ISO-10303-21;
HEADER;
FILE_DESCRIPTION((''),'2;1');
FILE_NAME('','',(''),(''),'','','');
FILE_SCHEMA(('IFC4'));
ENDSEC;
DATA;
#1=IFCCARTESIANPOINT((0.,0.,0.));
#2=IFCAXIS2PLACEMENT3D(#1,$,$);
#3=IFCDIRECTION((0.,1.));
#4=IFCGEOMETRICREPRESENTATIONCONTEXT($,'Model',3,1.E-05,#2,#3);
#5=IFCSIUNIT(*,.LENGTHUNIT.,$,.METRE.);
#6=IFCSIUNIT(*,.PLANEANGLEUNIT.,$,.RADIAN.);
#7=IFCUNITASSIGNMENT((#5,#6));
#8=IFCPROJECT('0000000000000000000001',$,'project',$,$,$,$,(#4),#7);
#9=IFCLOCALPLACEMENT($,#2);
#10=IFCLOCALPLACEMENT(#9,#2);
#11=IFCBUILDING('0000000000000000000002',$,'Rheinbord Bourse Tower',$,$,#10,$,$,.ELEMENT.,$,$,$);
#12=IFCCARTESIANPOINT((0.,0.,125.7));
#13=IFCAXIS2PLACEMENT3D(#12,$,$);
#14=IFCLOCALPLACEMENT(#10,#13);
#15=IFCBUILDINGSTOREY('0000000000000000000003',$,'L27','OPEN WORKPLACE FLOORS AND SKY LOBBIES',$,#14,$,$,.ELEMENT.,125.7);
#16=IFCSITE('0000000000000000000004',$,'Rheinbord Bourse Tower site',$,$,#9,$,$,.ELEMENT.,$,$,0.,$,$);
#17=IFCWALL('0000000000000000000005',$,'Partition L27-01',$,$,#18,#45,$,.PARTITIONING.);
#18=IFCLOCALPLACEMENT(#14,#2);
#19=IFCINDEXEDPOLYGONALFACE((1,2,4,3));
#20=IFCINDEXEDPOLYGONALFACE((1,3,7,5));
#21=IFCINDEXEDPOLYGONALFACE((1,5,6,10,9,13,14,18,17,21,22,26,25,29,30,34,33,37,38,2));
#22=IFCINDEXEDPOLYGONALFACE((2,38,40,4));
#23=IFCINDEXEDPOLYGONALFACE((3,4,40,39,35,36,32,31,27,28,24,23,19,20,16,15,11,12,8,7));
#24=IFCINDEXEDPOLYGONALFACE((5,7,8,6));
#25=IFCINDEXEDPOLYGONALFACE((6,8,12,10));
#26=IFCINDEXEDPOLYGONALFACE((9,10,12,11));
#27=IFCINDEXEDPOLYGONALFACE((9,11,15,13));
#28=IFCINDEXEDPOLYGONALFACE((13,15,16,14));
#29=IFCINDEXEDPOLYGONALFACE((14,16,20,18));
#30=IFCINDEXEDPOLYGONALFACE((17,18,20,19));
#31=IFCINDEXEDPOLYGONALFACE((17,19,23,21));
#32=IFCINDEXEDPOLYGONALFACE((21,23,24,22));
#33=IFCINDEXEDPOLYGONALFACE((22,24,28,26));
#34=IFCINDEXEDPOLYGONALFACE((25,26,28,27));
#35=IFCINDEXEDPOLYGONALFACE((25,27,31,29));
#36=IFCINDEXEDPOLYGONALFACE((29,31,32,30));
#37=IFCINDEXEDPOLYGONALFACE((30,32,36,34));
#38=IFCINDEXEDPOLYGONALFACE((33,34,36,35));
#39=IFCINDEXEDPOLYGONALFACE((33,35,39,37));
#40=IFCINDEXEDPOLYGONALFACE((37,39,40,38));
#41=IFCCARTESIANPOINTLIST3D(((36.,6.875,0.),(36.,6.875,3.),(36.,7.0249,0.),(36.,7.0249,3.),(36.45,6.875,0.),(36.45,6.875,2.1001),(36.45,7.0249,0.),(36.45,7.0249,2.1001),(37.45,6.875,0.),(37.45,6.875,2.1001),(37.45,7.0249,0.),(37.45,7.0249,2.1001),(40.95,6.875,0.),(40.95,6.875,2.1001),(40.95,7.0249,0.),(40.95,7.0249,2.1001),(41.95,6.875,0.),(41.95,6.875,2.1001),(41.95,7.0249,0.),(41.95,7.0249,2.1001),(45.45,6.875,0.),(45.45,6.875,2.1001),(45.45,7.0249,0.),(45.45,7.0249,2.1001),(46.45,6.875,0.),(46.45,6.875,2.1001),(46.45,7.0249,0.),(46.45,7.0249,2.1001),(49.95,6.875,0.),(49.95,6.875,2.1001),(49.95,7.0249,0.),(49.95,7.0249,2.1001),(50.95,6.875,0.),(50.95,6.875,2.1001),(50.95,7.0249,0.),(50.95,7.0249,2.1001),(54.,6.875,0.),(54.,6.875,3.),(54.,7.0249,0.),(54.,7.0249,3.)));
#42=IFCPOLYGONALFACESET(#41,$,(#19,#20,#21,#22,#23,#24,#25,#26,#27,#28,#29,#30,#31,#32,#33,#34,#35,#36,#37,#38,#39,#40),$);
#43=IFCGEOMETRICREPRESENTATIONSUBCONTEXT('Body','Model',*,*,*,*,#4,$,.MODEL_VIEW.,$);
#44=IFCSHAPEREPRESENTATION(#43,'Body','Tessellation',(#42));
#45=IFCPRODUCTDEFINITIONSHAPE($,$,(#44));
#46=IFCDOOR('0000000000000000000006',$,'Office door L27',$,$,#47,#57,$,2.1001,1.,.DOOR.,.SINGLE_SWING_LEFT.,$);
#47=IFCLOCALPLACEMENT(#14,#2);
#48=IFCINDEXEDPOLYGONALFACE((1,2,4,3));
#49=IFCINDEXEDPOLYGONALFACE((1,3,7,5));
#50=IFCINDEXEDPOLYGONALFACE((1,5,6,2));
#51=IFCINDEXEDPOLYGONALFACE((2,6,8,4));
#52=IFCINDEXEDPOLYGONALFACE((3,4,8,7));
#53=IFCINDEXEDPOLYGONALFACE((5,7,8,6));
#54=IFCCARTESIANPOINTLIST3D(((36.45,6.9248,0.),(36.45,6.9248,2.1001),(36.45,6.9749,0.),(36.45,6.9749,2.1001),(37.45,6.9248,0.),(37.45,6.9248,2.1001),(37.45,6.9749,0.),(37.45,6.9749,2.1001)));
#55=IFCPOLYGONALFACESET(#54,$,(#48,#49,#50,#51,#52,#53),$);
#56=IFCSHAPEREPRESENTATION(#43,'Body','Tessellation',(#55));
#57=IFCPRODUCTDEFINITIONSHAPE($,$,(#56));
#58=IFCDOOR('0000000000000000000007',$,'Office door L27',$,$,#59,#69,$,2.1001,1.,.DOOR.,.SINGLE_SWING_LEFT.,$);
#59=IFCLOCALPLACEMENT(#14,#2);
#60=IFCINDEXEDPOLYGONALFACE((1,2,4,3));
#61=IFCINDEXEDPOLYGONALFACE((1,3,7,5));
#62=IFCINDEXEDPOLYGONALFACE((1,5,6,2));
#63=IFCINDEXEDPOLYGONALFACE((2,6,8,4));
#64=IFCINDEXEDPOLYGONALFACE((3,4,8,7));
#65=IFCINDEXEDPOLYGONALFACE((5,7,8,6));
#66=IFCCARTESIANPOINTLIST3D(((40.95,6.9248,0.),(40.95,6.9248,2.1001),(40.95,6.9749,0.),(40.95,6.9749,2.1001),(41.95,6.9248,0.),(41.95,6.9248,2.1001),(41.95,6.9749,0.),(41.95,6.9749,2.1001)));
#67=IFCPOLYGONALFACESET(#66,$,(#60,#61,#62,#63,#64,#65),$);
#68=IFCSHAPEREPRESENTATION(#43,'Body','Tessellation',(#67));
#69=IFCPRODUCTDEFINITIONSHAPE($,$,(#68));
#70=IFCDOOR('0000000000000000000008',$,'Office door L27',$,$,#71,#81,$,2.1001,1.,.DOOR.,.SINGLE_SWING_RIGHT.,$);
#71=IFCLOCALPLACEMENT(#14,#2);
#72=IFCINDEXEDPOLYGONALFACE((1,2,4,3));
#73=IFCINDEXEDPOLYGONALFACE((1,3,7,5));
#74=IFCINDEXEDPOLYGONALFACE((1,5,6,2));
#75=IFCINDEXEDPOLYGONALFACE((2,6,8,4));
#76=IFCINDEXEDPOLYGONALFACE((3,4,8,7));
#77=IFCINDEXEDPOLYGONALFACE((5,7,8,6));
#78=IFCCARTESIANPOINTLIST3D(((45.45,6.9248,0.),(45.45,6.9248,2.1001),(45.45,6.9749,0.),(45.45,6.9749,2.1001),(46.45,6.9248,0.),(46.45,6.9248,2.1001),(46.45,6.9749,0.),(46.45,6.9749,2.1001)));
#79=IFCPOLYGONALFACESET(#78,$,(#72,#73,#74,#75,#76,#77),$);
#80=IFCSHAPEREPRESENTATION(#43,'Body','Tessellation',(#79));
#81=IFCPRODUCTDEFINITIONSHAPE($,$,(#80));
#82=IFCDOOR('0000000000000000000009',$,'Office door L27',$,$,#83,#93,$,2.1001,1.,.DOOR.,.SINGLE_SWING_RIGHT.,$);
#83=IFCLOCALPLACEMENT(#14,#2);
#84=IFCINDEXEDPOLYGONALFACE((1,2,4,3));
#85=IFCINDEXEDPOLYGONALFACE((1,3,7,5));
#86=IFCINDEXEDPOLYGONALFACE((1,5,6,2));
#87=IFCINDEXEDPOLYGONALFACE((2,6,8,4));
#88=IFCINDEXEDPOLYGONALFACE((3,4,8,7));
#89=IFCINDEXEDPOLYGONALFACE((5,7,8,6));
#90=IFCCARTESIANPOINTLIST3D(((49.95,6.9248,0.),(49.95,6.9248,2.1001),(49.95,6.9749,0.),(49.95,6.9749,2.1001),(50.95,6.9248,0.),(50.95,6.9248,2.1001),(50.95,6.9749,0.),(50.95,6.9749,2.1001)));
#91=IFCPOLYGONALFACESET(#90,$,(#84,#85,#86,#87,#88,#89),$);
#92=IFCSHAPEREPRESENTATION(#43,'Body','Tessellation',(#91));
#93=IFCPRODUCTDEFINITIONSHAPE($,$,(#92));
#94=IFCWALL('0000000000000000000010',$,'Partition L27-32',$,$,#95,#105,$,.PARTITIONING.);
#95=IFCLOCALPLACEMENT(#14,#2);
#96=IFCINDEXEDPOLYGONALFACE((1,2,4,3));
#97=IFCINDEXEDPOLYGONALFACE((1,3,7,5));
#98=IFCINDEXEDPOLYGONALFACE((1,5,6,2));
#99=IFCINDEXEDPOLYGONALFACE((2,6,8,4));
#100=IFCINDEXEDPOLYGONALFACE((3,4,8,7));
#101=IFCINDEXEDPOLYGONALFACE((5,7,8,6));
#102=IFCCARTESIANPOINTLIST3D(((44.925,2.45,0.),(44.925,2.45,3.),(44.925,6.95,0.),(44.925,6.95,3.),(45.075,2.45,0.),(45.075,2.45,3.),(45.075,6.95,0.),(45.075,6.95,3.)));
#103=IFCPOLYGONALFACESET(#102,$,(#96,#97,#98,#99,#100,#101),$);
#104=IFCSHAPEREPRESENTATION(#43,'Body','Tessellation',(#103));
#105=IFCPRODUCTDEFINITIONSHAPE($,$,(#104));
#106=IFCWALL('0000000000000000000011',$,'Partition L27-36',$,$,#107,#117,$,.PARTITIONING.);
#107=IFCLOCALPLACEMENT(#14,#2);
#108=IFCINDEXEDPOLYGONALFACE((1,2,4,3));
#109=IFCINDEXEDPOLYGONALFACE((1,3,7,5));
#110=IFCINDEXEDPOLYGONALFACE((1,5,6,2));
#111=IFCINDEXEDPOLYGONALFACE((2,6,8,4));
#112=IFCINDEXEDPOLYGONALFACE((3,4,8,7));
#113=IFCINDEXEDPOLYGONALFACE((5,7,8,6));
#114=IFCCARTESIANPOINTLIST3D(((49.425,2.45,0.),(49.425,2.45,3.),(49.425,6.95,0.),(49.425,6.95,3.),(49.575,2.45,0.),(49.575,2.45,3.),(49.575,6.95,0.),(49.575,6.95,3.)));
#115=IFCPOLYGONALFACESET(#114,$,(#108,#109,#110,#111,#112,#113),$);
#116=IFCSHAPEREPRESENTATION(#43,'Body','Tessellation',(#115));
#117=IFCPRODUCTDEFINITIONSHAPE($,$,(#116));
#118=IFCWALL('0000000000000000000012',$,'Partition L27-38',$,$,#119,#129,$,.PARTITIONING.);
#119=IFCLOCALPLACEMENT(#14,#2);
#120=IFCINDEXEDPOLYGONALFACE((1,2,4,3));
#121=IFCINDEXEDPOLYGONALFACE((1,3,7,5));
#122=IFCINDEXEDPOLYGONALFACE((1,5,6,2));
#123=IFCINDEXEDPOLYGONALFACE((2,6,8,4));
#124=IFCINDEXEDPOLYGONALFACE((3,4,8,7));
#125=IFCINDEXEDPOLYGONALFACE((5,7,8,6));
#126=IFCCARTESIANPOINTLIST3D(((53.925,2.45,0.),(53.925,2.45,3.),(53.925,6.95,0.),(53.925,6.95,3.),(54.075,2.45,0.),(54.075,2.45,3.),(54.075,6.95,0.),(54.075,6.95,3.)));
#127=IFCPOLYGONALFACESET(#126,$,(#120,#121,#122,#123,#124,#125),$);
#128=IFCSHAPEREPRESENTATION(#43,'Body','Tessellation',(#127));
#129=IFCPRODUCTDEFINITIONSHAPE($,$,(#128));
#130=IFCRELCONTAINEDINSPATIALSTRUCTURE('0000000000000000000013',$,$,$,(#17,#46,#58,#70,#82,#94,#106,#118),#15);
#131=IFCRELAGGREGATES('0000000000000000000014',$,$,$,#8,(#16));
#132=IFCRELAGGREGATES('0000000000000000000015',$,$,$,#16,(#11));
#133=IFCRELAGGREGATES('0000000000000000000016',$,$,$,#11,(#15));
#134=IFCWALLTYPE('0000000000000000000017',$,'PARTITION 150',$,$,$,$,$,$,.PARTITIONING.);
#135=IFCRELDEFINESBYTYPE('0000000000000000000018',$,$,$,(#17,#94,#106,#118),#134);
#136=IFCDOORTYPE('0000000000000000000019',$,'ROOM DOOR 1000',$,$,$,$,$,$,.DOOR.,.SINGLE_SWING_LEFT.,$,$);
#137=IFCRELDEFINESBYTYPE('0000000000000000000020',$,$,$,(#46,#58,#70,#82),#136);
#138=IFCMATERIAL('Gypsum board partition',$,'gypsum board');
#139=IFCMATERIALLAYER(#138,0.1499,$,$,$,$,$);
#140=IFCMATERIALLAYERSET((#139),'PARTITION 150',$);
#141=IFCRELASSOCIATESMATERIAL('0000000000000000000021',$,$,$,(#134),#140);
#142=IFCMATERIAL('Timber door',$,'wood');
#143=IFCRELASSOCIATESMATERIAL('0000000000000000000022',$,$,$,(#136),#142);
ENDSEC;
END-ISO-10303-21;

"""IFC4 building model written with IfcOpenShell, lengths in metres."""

from ifc_helpers import new_model, si_unit, direction, frame, frame_2d, origin, place, context, subcontext, project, spatial, rectangle, extrude, material, layer, layer_set, type_object, element, fill, save


model = new_model("IFC4")

# Units and contexts
model_context = context("Model", 3, precision=1e-05, world=origin(), true_north=direction((0.0, 1.0)))
body_context = subcontext(model_context, "Body", "Model", "MODEL_VIEW")
ifc_project = project(units=[si_unit("LENGTHUNIT", "METRE"), si_unit("PLANEANGLEUNIT", "RADIAN")], contexts=[model_context])

# Site, building, storey
site_placement = place(None, origin())
site = spatial("IfcSite", under=ifc_project, at=site_placement, Name="Rheinbord Bourse Tower site", CompositionType="ELEMENT", RefElevation=0.0)
building_placement = place(site_placement, origin())
building = spatial("IfcBuilding", under=site, at=building_placement, Name="Rheinbord Bourse Tower", CompositionType="ELEMENT")
storey_placement = place(building_placement, frame((0.0, 0.0, 125.7)))
storey = spatial("IfcBuildingStorey", under=building, at=storey_placement, Name="L27", Description="OPEN WORKPLACE FLOORS AND SKY LOBBIES", CompositionType="ELEMENT", Elevation=125.7)

# Wall, openings, doors
ifc_material_1 = material(Name="Gypsum board partition", Category="gypsum board")
ifc_layer_1 = layer(ifc_material_1, 0.1499)
ifc_layer_set_1 = layer_set([ifc_layer_1], Name="PARTITION 150")
wall_type_1 = type_object("IfcWallType", Name="PARTITION 150", PredefinedType="PARTITIONING", material=ifc_layer_set_1)
wall_1_placement = place(storey_placement, frame((36.0, 6.95, 0.0), z_axis=(0.0, 0.0, 1.0), x_axis=(1.0, 0.0, 0.0)))
wall_1 = element("IfcWall", 1, at=wall_1_placement, inside=storey, type_object=wall_type_1, Name="Partition L27-01", PredefinedType="PARTITIONING", context=body_context, shape_type="SweptSolid", body=[
    extrude(rectangle(XDim=18.0, YDim=0.1499, at=frame_2d((9.0, 0.0))), origin(), (0.0, 0.0, 1.0), 3.0),
])
opening_1_placement = place(wall_1_placement, frame((0.45, 0.0, 0.0)))
opening_1 = element("IfcOpeningElement", 2, at=opening_1_placement, cuts=wall_1, PredefinedType="OPENING", context=body_context, shape_type="SweptSolid", body=[
    extrude(rectangle(XDim=1.0, YDim=2.1001, at=frame_2d((0.5, 1.05))), frame((0.0, 0.085, 0.0), z_axis=(0.0, -1.0, 0.0), x_axis=(1.0, 0.0, 0.0)), (0.0, 0.0, 1.0), 0.1699),
])
opening_2_placement = place(wall_1_placement, frame((4.95, 0.0, 0.0)))
opening_2 = element("IfcOpeningElement", 3, at=opening_2_placement, cuts=wall_1, PredefinedType="OPENING", context=body_context, shape_type="SweptSolid", body=[
    extrude(rectangle(XDim=1.0, YDim=2.1001, at=frame_2d((0.5, 1.05))), frame((0.0, 0.085, 0.0), z_axis=(0.0, -1.0, 0.0), x_axis=(1.0, 0.0, 0.0)), (0.0, 0.0, 1.0), 0.1699),
])
opening_3_placement = place(wall_1_placement, frame((9.45, 0.0, 0.0)))
opening_3 = element("IfcOpeningElement", 4, at=opening_3_placement, cuts=wall_1, PredefinedType="OPENING", context=body_context, shape_type="SweptSolid", body=[
    extrude(rectangle(XDim=1.0, YDim=2.1001, at=frame_2d((0.5, 1.05))), frame((0.0, 0.085, 0.0), z_axis=(0.0, -1.0, 0.0), x_axis=(1.0, 0.0, 0.0)), (0.0, 0.0, 1.0), 0.1699),
])
opening_4_placement = place(wall_1_placement, frame((13.95, 0.0, 0.0)))
opening_4 = element("IfcOpeningElement", 5, at=opening_4_placement, cuts=wall_1, PredefinedType="OPENING", context=body_context, shape_type="SweptSolid", body=[
    extrude(rectangle(XDim=1.0, YDim=2.1001, at=frame_2d((0.5, 1.05))), frame((0.0, 0.085, 0.0), z_axis=(0.0, -1.0, 0.0), x_axis=(1.0, 0.0, 0.0)), (0.0, 0.0, 1.0), 0.1699),
])
ifc_material_2 = material(Name="Timber door", Category="wood")
door_type_1 = type_object("IfcDoorType", Name="ROOM DOOR 1000", OperationType="SINGLE_SWING_LEFT", PredefinedType="DOOR", material=ifc_material_2)
door_1_placement = place(opening_1_placement, origin())
door_1 = element("IfcDoor", 6, at=door_1_placement, inside=storey, type_object=door_type_1, Name="Office door L27", OperationType="SINGLE_SWING_LEFT", OverallHeight=2.1001, OverallWidth=1.0, PredefinedType="DOOR", context=body_context, shape_type="SweptSolid", body=[
    extrude(rectangle(XDim=1.0, YDim=2.1001, at=frame_2d((0.5, 1.05))), frame((0.0, 0.0249, 0.0), z_axis=(0.0, -1.0, 0.0), x_axis=(1.0, 0.0, 0.0)), (0.0, 0.0, 1.0), 0.05),
])
fill(opening_1, door_1)
door_2_placement = place(opening_2_placement, origin())
door_2 = element("IfcDoor", 7, at=door_2_placement, inside=storey, type_object=door_type_1, Name="Office door L27", OperationType="SINGLE_SWING_LEFT", OverallHeight=2.1001, OverallWidth=1.0, PredefinedType="DOOR", context=body_context, shape_type="SweptSolid", body=[
    extrude(rectangle(XDim=1.0, YDim=2.1001, at=frame_2d((0.5, 1.05))), frame((0.0, 0.0249, 0.0), z_axis=(0.0, -1.0, 0.0), x_axis=(1.0, 0.0, 0.0)), (0.0, 0.0, 1.0), 0.05),
])
fill(opening_2, door_2)
door_3_placement = place(opening_3_placement, origin())
door_3 = element("IfcDoor", 8, at=door_3_placement, inside=storey, type_object=door_type_1, Name="Office door L27", OperationType="SINGLE_SWING_RIGHT", OverallHeight=2.1001, OverallWidth=1.0, PredefinedType="DOOR", context=body_context, shape_type="SweptSolid", body=[
    extrude(rectangle(XDim=1.0, YDim=2.1001, at=frame_2d((0.5, 1.05))), frame((0.0, 0.0249, 0.0), z_axis=(0.0, -1.0, 0.0), x_axis=(1.0, 0.0, 0.0)), (0.0, 0.0, 1.0), 0.05),
])
fill(opening_3, door_3)
door_4_placement = place(opening_4_placement, origin())
door_4 = element("IfcDoor", 9, at=door_4_placement, inside=storey, type_object=door_type_1, Name="Office door L27", OperationType="SINGLE_SWING_RIGHT", OverallHeight=2.1001, OverallWidth=1.0, PredefinedType="DOOR", context=body_context, shape_type="SweptSolid", body=[
    extrude(rectangle(XDim=1.0, YDim=2.1001, at=frame_2d((0.5, 1.05))), frame((0.0, 0.0249, 0.0), z_axis=(0.0, -1.0, 0.0), x_axis=(1.0, 0.0, 0.0)), (0.0, 0.0, 1.0), 0.05),
])
fill(opening_4, door_4)

# Walls
for number, where, z_axis, x_axis, name in (
    (10, (45.0, 2.45, 0.0), (0.0, 0.0, 1.0), (0.0, 1.0, 0.0), "Partition L27-32"),
    (11, (49.5, 2.45, 0.0), (0.0, 0.0, 1.0), (0.0, 1.0, 0.0), "Partition L27-36"),
    (12, (54.0, 2.45, 0.0), (0.0, 0.0, 1.0), (0.0, 1.0, 0.0), "Partition L27-38"),
):
    element("IfcWall", number, at=place(storey_placement, frame(where, z_axis=z_axis, x_axis=x_axis)), inside=storey, type_object=wall_type_1, Name=name, PredefinedType="PARTITIONING", context=body_context, shape_type="SweptSolid", body=[
        extrude(rectangle(XDim=4.5, YDim=0.1499, at=frame_2d((2.25, 0.0))), origin(), (0.0, 0.0, 1.0), 3.0),
    ])

save(model, "model.ifc")
